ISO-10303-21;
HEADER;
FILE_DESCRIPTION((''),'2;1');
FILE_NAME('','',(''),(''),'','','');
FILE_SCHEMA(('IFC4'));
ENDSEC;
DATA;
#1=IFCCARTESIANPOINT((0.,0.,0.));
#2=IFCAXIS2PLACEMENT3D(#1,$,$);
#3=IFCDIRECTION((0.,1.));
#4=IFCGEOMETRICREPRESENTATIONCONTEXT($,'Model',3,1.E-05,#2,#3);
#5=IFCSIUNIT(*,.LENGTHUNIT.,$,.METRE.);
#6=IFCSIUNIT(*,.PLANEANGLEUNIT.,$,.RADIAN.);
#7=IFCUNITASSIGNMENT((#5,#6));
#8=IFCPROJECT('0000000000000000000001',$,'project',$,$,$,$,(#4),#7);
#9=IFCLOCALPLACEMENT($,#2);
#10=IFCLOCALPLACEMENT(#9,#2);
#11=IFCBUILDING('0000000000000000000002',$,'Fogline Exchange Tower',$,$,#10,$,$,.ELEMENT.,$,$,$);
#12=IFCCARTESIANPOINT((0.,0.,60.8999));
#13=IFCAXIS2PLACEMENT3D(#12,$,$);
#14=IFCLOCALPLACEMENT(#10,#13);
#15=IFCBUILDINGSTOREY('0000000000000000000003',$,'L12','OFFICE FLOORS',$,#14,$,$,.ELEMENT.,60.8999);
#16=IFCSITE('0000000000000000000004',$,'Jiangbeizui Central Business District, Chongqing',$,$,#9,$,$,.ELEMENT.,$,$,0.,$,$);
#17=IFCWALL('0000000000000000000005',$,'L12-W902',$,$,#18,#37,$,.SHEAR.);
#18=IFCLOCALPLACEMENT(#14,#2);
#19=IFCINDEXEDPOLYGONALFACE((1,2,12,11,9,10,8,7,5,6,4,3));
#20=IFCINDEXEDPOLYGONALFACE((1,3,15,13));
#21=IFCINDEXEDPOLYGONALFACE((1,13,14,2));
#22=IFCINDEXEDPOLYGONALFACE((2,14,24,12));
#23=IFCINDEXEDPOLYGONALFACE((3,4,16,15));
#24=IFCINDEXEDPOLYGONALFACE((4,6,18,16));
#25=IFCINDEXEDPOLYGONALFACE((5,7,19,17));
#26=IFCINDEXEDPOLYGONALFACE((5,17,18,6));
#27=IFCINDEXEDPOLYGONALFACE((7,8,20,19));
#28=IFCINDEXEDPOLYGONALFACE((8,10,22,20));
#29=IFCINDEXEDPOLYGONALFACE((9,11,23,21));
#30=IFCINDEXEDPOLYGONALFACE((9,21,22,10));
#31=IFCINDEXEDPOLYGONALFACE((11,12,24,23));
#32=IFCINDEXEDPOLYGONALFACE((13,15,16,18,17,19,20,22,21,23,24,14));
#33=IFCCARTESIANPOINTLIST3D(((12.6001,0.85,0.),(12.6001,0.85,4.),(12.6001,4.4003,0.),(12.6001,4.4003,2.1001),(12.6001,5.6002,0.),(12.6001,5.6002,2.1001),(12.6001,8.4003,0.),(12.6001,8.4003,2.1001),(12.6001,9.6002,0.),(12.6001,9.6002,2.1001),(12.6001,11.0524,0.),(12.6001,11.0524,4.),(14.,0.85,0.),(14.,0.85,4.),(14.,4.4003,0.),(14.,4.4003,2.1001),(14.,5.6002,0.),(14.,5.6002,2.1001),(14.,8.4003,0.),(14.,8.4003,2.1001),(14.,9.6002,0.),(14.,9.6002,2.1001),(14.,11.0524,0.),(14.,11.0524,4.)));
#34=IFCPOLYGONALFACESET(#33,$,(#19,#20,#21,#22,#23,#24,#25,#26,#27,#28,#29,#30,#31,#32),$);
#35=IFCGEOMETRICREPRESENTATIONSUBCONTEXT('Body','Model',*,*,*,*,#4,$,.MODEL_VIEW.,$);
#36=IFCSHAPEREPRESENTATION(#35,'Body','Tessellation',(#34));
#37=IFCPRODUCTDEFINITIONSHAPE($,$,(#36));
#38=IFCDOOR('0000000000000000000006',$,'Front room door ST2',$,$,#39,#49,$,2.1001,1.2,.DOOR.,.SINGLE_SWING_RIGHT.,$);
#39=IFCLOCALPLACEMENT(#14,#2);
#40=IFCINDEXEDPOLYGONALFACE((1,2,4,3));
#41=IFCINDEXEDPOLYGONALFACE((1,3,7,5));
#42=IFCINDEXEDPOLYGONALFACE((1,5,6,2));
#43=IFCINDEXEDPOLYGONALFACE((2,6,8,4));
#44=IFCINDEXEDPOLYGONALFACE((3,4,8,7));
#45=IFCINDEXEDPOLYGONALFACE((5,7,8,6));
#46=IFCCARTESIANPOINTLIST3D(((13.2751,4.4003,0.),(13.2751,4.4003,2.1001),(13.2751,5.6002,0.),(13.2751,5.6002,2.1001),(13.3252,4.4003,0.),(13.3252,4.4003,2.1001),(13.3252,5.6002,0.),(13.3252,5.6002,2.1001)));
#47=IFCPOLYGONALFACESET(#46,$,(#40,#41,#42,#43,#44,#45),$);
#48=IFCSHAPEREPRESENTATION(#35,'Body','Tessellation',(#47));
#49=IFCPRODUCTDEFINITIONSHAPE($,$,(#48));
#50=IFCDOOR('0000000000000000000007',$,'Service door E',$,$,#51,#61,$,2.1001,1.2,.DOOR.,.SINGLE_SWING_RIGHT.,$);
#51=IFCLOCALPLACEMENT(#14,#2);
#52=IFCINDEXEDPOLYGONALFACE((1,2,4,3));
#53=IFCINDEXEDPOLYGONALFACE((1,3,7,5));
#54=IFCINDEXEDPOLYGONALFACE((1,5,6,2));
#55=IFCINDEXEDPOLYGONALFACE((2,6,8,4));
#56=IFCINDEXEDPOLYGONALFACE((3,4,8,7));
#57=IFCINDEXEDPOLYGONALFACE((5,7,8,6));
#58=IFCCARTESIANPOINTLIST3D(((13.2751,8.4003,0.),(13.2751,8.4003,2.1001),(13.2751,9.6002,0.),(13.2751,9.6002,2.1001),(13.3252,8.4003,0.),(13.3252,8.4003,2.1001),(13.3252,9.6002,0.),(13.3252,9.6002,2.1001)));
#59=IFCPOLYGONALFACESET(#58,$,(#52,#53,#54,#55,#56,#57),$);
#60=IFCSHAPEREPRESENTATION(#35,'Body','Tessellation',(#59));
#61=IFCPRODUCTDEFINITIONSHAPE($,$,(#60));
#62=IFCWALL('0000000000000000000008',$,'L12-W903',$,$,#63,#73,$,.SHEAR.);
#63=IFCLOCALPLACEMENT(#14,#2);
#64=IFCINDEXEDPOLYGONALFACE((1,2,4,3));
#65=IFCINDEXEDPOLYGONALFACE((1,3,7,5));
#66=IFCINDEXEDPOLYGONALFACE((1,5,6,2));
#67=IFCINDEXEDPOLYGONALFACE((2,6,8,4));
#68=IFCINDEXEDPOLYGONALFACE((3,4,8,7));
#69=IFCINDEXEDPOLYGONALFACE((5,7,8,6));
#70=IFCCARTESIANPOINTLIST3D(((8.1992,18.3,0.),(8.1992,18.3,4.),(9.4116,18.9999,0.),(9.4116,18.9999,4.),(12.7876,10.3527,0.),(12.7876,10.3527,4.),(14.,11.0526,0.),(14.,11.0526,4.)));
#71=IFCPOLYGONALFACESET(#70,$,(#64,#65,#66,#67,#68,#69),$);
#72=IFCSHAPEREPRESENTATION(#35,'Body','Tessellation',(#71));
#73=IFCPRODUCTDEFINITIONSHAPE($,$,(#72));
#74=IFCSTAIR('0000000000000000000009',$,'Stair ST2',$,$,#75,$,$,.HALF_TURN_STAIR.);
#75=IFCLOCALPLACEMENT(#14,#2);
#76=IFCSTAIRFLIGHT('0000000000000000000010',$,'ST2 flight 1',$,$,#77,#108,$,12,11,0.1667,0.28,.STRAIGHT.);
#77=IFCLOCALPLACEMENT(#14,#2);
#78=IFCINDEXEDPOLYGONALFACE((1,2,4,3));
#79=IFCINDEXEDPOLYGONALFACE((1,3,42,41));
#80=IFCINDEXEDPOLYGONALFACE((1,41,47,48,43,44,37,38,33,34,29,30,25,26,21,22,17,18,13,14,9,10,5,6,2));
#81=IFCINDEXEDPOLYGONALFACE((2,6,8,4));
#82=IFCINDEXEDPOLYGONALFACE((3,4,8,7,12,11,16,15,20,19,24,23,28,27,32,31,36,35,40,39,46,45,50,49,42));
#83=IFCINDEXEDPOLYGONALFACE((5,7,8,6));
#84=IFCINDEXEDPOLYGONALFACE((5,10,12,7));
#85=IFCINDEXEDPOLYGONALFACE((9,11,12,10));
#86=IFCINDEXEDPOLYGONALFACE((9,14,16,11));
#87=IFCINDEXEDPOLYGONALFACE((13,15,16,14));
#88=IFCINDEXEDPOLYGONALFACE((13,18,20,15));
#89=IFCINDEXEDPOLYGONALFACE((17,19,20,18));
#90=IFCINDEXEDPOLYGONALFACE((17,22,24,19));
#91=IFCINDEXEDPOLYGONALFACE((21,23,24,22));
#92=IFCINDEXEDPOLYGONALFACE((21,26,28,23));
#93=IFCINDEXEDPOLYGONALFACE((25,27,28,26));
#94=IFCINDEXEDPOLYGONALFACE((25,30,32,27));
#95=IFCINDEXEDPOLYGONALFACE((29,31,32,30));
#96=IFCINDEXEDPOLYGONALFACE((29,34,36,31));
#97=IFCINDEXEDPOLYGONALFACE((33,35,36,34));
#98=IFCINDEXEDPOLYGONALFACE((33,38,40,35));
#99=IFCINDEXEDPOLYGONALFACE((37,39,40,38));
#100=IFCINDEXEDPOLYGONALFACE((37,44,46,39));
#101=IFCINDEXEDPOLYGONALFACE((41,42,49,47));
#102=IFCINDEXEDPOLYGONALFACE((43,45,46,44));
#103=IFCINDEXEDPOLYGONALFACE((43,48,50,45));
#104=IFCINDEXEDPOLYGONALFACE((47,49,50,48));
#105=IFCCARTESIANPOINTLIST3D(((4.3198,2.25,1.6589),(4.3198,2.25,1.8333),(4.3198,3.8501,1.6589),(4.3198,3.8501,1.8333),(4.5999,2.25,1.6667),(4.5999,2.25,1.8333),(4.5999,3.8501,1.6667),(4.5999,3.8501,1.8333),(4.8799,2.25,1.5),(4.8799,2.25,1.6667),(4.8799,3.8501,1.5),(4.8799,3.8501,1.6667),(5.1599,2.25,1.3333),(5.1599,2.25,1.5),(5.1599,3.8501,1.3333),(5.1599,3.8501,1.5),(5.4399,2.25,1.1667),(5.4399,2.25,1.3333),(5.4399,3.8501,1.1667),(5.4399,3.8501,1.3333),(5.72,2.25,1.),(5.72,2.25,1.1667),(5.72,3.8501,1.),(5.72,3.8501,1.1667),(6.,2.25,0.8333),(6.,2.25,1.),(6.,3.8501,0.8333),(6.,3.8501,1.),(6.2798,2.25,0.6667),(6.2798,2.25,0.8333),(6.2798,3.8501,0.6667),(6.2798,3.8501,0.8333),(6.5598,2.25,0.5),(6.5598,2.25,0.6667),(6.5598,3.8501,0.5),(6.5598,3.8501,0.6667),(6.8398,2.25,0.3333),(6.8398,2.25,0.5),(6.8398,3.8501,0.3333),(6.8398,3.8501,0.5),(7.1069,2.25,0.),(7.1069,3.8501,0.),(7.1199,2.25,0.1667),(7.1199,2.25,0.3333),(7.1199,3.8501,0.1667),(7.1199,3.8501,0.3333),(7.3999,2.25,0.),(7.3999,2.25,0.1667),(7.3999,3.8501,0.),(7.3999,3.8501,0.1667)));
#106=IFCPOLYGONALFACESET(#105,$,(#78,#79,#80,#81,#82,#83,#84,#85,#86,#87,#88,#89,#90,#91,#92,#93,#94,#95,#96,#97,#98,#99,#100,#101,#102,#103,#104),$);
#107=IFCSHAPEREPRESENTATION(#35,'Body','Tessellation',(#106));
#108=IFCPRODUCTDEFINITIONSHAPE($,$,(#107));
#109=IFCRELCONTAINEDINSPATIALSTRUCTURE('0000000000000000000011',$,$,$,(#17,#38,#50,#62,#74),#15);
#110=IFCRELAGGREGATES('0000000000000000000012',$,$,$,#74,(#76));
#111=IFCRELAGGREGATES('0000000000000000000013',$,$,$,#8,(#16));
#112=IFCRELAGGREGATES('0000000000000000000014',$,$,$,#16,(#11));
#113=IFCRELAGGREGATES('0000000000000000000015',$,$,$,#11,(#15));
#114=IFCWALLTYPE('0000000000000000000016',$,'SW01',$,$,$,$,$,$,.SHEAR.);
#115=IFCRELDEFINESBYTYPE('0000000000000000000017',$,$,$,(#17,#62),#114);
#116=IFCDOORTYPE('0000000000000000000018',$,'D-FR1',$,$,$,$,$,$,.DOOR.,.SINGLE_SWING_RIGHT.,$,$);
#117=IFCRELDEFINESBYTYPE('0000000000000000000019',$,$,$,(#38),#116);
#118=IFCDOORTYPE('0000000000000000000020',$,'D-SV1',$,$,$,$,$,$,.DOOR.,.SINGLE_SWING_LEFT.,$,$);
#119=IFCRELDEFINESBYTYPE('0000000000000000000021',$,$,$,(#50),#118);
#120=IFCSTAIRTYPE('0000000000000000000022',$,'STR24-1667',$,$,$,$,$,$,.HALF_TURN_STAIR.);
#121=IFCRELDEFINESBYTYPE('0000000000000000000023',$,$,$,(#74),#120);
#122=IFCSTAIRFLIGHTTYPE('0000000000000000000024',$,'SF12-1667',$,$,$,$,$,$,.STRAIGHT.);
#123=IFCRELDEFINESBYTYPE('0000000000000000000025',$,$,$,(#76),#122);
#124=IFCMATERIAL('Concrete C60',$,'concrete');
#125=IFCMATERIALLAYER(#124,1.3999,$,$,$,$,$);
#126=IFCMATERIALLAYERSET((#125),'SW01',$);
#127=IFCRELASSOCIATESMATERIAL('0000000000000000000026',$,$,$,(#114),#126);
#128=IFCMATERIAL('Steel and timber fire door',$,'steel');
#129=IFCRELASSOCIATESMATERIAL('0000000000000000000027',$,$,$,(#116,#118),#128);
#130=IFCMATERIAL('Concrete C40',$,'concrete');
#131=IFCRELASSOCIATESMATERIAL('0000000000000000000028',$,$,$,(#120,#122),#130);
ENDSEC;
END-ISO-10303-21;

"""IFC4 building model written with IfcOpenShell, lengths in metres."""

from ifc_helpers import new_model, si_unit, direction, frame, frame_2d, origin, place, context, subcontext, project, spatial, polyline, rectangle, outline, extrude, material, layer, layer_set, type_object, element, fill, aggregate, save


model = new_model("IFC4")

# Units and contexts
model_context = context("Model", 3, precision=1e-05, world=origin(), true_north=direction((0.0, 1.0)))
body_context = subcontext(model_context, "Body", "Model", "MODEL_VIEW")
ifc_project = project(units=[si_unit("LENGTHUNIT", "METRE"), si_unit("PLANEANGLEUNIT", "RADIAN")], contexts=[model_context])

# Site, building, storey
site_placement = place(None, origin())
site = spatial("IfcSite", under=ifc_project, at=site_placement, Name="Jiangbeizui Central Business District, Chongqing", CompositionType="ELEMENT", RefElevation=0.0)
building_placement = place(site_placement, origin())
building = spatial("IfcBuilding", under=site, at=building_placement, Name="Fogline Exchange Tower", CompositionType="ELEMENT")
storey_placement = place(building_placement, frame((0.0, 0.0, 60.8999)))
storey = spatial("IfcBuildingStorey", under=building, at=storey_placement, Name="L12", Description="OFFICE FLOORS", CompositionType="ELEMENT", Elevation=60.8999)

# Shared definitions
ifc_material_1 = material(Name="Concrete C40", Category="concrete")

# Shared definitions
ifc_material_2 = material(Name="Steel and timber fire door", Category="steel")

# Wall, openings, doors
ifc_material_3 = material(Name="Concrete C60", Category="concrete")
ifc_layer_1 = layer(ifc_material_3, 1.3999)
ifc_layer_set_1 = layer_set([ifc_layer_1], Name="SW01")
wall_type_1 = type_object("IfcWallType", Name="SW01", PredefinedType="SHEAR", material=ifc_layer_set_1)
wall_1_placement = place(storey_placement, frame((13.3, 0.8501, 0.0), z_axis=(0.0, 0.0, 1.0), x_axis=(0.0, 1.0, 0.0)))
wall_1 = element("IfcWall", 1, at=wall_1_placement, inside=storey, type_object=wall_type_1, Name="L12-W902", PredefinedType="SHEAR", context=body_context, shape_type="SweptSolid", body=[
    extrude(rectangle(XDim=10.2024, YDim=1.3999, at=frame_2d((5.1011, 0.0))), origin(), (0.0, 0.0, 1.0), 4.0),
])
opening_1_placement = place(wall_1_placement, frame((3.55, 0.0, 0.0)))
opening_1 = element("IfcOpeningElement", 2, at=opening_1_placement, cuts=wall_1, PredefinedType="OPENING", context=body_context, shape_type="SweptSolid", body=[
    extrude(rectangle(XDim=1.2, YDim=2.1001, at=frame_2d((0.6001, 1.05))), frame((0.0, 0.71, 0.0), z_axis=(0.0, -1.0, 0.0), x_axis=(1.0, 0.0, 0.0)), (0.0, 0.0, 1.0), 1.4199),
])
opening_2_placement = place(wall_1_placement, frame((7.55, 0.0, 0.0)))
opening_2 = element("IfcOpeningElement", 3, at=opening_2_placement, cuts=wall_1, PredefinedType="OPENING", context=body_context, shape_type="SweptSolid", body=[
    extrude(rectangle(XDim=1.2, YDim=2.1001, at=frame_2d((0.6001, 1.05))), frame((0.0, 0.71, 0.0), z_axis=(0.0, -1.0, 0.0), x_axis=(1.0, 0.0, 0.0)), (0.0, 0.0, 1.0), 1.4199),
])
door_type_1 = type_object("IfcDoorType", Name="D-FR1", OperationType="SINGLE_SWING_RIGHT", PredefinedType="DOOR", material=ifc_material_2)
door_1_placement = place(opening_1_placement, origin())
door_1 = element("IfcDoor", 4, at=door_1_placement, inside=storey, type_object=door_type_1, Name="Front room door ST2", OperationType="SINGLE_SWING_RIGHT", OverallHeight=2.1001, OverallWidth=1.2, PredefinedType="DOOR", context=body_context, shape_type="SweptSolid", body=[
    extrude(rectangle(XDim=1.2, YDim=2.1001, at=frame_2d((0.6001, 1.05))), frame((0.0, 0.0249, 0.0), z_axis=(0.0, -1.0, 0.0), x_axis=(1.0, 0.0, 0.0)), (0.0, 0.0, 1.0), 0.05),
])
fill(opening_1, door_1)
door_type_2 = type_object("IfcDoorType", Name="D-SV1", OperationType="SINGLE_SWING_LEFT", PredefinedType="DOOR", material=ifc_material_2)
door_2_placement = place(opening_2_placement, origin())
door_2 = element("IfcDoor", 5, at=door_2_placement, inside=storey, type_object=door_type_2, Name="Service door E", OperationType="SINGLE_SWING_RIGHT", OverallHeight=2.1001, OverallWidth=1.2, PredefinedType="DOOR", context=body_context, shape_type="SweptSolid", body=[
    extrude(rectangle(XDim=1.2, YDim=2.1001, at=frame_2d((0.6001, 1.05))), frame((0.0, 0.0249, 0.0), z_axis=(0.0, -1.0, 0.0), x_axis=(1.0, 0.0, 0.0)), (0.0, 0.0, 1.0), 0.05),
])
fill(opening_2, door_2)

# Wall
wall_2_placement = place(storey_placement, frame((13.3938, 10.7026, 0.0), z_axis=(0.0, 0.0, 1.0), x_axis=(-0.500002, 0.866024, 0.0)))
element("IfcWall", 6, at=wall_2_placement, inside=storey, type_object=wall_type_1, Name="L12-W903", PredefinedType="SHEAR", context=body_context, shape_type="SweptSolid", body=[
    extrude(rectangle(XDim=9.1768, YDim=1.3999, at=frame_2d((4.5884, 0.0))), origin(), (0.0, 0.0, 1.0), 4.0),
])

# Stair, stair flight
stair_type = type_object("IfcStairType", Name="STR24-1667", PredefinedType="HALF_TURN_STAIR", material=ifc_material_1)
stair_placement = place(storey_placement, origin())
stair = element("IfcStair", 7, at=stair_placement, inside=storey, type_object=stair_type, Name="Stair ST2", PredefinedType="HALF_TURN_STAIR")
stair_flight_type = type_object("IfcStairFlightType", Name="SF12-1667", PredefinedType="STRAIGHT", material=ifc_material_1)
stair_flight_placement = place(storey_placement, frame((7.3999, 3.05, 0.0), z_axis=(0.0, 0.0, 1.0), x_axis=(-1.0, 0.0, 0.0)))
stair_flight = element("IfcStairFlight", 8, at=stair_flight_placement, type_object=stair_flight_type, Name="ST2 flight 1", NumberOfRisers=12, NumberOfTreads=11, PredefinedType="STRAIGHT", RiserHeight=0.1667, TreadLength=0.28, context=body_context, shape_type="SweptSolid", body=[
    extrude(outline(polyline([(0.0, 0.0), (0.0, 0.1667), (0.28, 0.1667), (0.28, 0.3333), (0.5601, 0.3333), (0.5601, 0.5), (0.8401, 0.5), (0.8401, 0.6667), (1.1201, 0.6667), (1.1201, 0.8333), (1.3999, 0.8333), (1.3999, 1.0), (1.6799, 1.0), (1.6799, 1.1667), (1.96, 1.1667), (1.96, 1.3333), (2.24, 1.3333), (2.24, 1.5), (2.52, 1.5), (2.52, 1.6667), (2.8, 1.6667), (2.8, 1.8333), (3.0801, 1.8333), (3.0801, 2.0), (3.0801, 1.6589), (0.293, 0.0), (0.0, 0.0)])), frame((0.0, 0.8, 0.0), z_axis=(0.0, -1.0, 0.0), x_axis=(1.0, 0.0, 0.0)), (0.0, 0.0, 1.0), 1.6001),
])
aggregate(stair, [stair_flight])

save(model, "model.ifc")
